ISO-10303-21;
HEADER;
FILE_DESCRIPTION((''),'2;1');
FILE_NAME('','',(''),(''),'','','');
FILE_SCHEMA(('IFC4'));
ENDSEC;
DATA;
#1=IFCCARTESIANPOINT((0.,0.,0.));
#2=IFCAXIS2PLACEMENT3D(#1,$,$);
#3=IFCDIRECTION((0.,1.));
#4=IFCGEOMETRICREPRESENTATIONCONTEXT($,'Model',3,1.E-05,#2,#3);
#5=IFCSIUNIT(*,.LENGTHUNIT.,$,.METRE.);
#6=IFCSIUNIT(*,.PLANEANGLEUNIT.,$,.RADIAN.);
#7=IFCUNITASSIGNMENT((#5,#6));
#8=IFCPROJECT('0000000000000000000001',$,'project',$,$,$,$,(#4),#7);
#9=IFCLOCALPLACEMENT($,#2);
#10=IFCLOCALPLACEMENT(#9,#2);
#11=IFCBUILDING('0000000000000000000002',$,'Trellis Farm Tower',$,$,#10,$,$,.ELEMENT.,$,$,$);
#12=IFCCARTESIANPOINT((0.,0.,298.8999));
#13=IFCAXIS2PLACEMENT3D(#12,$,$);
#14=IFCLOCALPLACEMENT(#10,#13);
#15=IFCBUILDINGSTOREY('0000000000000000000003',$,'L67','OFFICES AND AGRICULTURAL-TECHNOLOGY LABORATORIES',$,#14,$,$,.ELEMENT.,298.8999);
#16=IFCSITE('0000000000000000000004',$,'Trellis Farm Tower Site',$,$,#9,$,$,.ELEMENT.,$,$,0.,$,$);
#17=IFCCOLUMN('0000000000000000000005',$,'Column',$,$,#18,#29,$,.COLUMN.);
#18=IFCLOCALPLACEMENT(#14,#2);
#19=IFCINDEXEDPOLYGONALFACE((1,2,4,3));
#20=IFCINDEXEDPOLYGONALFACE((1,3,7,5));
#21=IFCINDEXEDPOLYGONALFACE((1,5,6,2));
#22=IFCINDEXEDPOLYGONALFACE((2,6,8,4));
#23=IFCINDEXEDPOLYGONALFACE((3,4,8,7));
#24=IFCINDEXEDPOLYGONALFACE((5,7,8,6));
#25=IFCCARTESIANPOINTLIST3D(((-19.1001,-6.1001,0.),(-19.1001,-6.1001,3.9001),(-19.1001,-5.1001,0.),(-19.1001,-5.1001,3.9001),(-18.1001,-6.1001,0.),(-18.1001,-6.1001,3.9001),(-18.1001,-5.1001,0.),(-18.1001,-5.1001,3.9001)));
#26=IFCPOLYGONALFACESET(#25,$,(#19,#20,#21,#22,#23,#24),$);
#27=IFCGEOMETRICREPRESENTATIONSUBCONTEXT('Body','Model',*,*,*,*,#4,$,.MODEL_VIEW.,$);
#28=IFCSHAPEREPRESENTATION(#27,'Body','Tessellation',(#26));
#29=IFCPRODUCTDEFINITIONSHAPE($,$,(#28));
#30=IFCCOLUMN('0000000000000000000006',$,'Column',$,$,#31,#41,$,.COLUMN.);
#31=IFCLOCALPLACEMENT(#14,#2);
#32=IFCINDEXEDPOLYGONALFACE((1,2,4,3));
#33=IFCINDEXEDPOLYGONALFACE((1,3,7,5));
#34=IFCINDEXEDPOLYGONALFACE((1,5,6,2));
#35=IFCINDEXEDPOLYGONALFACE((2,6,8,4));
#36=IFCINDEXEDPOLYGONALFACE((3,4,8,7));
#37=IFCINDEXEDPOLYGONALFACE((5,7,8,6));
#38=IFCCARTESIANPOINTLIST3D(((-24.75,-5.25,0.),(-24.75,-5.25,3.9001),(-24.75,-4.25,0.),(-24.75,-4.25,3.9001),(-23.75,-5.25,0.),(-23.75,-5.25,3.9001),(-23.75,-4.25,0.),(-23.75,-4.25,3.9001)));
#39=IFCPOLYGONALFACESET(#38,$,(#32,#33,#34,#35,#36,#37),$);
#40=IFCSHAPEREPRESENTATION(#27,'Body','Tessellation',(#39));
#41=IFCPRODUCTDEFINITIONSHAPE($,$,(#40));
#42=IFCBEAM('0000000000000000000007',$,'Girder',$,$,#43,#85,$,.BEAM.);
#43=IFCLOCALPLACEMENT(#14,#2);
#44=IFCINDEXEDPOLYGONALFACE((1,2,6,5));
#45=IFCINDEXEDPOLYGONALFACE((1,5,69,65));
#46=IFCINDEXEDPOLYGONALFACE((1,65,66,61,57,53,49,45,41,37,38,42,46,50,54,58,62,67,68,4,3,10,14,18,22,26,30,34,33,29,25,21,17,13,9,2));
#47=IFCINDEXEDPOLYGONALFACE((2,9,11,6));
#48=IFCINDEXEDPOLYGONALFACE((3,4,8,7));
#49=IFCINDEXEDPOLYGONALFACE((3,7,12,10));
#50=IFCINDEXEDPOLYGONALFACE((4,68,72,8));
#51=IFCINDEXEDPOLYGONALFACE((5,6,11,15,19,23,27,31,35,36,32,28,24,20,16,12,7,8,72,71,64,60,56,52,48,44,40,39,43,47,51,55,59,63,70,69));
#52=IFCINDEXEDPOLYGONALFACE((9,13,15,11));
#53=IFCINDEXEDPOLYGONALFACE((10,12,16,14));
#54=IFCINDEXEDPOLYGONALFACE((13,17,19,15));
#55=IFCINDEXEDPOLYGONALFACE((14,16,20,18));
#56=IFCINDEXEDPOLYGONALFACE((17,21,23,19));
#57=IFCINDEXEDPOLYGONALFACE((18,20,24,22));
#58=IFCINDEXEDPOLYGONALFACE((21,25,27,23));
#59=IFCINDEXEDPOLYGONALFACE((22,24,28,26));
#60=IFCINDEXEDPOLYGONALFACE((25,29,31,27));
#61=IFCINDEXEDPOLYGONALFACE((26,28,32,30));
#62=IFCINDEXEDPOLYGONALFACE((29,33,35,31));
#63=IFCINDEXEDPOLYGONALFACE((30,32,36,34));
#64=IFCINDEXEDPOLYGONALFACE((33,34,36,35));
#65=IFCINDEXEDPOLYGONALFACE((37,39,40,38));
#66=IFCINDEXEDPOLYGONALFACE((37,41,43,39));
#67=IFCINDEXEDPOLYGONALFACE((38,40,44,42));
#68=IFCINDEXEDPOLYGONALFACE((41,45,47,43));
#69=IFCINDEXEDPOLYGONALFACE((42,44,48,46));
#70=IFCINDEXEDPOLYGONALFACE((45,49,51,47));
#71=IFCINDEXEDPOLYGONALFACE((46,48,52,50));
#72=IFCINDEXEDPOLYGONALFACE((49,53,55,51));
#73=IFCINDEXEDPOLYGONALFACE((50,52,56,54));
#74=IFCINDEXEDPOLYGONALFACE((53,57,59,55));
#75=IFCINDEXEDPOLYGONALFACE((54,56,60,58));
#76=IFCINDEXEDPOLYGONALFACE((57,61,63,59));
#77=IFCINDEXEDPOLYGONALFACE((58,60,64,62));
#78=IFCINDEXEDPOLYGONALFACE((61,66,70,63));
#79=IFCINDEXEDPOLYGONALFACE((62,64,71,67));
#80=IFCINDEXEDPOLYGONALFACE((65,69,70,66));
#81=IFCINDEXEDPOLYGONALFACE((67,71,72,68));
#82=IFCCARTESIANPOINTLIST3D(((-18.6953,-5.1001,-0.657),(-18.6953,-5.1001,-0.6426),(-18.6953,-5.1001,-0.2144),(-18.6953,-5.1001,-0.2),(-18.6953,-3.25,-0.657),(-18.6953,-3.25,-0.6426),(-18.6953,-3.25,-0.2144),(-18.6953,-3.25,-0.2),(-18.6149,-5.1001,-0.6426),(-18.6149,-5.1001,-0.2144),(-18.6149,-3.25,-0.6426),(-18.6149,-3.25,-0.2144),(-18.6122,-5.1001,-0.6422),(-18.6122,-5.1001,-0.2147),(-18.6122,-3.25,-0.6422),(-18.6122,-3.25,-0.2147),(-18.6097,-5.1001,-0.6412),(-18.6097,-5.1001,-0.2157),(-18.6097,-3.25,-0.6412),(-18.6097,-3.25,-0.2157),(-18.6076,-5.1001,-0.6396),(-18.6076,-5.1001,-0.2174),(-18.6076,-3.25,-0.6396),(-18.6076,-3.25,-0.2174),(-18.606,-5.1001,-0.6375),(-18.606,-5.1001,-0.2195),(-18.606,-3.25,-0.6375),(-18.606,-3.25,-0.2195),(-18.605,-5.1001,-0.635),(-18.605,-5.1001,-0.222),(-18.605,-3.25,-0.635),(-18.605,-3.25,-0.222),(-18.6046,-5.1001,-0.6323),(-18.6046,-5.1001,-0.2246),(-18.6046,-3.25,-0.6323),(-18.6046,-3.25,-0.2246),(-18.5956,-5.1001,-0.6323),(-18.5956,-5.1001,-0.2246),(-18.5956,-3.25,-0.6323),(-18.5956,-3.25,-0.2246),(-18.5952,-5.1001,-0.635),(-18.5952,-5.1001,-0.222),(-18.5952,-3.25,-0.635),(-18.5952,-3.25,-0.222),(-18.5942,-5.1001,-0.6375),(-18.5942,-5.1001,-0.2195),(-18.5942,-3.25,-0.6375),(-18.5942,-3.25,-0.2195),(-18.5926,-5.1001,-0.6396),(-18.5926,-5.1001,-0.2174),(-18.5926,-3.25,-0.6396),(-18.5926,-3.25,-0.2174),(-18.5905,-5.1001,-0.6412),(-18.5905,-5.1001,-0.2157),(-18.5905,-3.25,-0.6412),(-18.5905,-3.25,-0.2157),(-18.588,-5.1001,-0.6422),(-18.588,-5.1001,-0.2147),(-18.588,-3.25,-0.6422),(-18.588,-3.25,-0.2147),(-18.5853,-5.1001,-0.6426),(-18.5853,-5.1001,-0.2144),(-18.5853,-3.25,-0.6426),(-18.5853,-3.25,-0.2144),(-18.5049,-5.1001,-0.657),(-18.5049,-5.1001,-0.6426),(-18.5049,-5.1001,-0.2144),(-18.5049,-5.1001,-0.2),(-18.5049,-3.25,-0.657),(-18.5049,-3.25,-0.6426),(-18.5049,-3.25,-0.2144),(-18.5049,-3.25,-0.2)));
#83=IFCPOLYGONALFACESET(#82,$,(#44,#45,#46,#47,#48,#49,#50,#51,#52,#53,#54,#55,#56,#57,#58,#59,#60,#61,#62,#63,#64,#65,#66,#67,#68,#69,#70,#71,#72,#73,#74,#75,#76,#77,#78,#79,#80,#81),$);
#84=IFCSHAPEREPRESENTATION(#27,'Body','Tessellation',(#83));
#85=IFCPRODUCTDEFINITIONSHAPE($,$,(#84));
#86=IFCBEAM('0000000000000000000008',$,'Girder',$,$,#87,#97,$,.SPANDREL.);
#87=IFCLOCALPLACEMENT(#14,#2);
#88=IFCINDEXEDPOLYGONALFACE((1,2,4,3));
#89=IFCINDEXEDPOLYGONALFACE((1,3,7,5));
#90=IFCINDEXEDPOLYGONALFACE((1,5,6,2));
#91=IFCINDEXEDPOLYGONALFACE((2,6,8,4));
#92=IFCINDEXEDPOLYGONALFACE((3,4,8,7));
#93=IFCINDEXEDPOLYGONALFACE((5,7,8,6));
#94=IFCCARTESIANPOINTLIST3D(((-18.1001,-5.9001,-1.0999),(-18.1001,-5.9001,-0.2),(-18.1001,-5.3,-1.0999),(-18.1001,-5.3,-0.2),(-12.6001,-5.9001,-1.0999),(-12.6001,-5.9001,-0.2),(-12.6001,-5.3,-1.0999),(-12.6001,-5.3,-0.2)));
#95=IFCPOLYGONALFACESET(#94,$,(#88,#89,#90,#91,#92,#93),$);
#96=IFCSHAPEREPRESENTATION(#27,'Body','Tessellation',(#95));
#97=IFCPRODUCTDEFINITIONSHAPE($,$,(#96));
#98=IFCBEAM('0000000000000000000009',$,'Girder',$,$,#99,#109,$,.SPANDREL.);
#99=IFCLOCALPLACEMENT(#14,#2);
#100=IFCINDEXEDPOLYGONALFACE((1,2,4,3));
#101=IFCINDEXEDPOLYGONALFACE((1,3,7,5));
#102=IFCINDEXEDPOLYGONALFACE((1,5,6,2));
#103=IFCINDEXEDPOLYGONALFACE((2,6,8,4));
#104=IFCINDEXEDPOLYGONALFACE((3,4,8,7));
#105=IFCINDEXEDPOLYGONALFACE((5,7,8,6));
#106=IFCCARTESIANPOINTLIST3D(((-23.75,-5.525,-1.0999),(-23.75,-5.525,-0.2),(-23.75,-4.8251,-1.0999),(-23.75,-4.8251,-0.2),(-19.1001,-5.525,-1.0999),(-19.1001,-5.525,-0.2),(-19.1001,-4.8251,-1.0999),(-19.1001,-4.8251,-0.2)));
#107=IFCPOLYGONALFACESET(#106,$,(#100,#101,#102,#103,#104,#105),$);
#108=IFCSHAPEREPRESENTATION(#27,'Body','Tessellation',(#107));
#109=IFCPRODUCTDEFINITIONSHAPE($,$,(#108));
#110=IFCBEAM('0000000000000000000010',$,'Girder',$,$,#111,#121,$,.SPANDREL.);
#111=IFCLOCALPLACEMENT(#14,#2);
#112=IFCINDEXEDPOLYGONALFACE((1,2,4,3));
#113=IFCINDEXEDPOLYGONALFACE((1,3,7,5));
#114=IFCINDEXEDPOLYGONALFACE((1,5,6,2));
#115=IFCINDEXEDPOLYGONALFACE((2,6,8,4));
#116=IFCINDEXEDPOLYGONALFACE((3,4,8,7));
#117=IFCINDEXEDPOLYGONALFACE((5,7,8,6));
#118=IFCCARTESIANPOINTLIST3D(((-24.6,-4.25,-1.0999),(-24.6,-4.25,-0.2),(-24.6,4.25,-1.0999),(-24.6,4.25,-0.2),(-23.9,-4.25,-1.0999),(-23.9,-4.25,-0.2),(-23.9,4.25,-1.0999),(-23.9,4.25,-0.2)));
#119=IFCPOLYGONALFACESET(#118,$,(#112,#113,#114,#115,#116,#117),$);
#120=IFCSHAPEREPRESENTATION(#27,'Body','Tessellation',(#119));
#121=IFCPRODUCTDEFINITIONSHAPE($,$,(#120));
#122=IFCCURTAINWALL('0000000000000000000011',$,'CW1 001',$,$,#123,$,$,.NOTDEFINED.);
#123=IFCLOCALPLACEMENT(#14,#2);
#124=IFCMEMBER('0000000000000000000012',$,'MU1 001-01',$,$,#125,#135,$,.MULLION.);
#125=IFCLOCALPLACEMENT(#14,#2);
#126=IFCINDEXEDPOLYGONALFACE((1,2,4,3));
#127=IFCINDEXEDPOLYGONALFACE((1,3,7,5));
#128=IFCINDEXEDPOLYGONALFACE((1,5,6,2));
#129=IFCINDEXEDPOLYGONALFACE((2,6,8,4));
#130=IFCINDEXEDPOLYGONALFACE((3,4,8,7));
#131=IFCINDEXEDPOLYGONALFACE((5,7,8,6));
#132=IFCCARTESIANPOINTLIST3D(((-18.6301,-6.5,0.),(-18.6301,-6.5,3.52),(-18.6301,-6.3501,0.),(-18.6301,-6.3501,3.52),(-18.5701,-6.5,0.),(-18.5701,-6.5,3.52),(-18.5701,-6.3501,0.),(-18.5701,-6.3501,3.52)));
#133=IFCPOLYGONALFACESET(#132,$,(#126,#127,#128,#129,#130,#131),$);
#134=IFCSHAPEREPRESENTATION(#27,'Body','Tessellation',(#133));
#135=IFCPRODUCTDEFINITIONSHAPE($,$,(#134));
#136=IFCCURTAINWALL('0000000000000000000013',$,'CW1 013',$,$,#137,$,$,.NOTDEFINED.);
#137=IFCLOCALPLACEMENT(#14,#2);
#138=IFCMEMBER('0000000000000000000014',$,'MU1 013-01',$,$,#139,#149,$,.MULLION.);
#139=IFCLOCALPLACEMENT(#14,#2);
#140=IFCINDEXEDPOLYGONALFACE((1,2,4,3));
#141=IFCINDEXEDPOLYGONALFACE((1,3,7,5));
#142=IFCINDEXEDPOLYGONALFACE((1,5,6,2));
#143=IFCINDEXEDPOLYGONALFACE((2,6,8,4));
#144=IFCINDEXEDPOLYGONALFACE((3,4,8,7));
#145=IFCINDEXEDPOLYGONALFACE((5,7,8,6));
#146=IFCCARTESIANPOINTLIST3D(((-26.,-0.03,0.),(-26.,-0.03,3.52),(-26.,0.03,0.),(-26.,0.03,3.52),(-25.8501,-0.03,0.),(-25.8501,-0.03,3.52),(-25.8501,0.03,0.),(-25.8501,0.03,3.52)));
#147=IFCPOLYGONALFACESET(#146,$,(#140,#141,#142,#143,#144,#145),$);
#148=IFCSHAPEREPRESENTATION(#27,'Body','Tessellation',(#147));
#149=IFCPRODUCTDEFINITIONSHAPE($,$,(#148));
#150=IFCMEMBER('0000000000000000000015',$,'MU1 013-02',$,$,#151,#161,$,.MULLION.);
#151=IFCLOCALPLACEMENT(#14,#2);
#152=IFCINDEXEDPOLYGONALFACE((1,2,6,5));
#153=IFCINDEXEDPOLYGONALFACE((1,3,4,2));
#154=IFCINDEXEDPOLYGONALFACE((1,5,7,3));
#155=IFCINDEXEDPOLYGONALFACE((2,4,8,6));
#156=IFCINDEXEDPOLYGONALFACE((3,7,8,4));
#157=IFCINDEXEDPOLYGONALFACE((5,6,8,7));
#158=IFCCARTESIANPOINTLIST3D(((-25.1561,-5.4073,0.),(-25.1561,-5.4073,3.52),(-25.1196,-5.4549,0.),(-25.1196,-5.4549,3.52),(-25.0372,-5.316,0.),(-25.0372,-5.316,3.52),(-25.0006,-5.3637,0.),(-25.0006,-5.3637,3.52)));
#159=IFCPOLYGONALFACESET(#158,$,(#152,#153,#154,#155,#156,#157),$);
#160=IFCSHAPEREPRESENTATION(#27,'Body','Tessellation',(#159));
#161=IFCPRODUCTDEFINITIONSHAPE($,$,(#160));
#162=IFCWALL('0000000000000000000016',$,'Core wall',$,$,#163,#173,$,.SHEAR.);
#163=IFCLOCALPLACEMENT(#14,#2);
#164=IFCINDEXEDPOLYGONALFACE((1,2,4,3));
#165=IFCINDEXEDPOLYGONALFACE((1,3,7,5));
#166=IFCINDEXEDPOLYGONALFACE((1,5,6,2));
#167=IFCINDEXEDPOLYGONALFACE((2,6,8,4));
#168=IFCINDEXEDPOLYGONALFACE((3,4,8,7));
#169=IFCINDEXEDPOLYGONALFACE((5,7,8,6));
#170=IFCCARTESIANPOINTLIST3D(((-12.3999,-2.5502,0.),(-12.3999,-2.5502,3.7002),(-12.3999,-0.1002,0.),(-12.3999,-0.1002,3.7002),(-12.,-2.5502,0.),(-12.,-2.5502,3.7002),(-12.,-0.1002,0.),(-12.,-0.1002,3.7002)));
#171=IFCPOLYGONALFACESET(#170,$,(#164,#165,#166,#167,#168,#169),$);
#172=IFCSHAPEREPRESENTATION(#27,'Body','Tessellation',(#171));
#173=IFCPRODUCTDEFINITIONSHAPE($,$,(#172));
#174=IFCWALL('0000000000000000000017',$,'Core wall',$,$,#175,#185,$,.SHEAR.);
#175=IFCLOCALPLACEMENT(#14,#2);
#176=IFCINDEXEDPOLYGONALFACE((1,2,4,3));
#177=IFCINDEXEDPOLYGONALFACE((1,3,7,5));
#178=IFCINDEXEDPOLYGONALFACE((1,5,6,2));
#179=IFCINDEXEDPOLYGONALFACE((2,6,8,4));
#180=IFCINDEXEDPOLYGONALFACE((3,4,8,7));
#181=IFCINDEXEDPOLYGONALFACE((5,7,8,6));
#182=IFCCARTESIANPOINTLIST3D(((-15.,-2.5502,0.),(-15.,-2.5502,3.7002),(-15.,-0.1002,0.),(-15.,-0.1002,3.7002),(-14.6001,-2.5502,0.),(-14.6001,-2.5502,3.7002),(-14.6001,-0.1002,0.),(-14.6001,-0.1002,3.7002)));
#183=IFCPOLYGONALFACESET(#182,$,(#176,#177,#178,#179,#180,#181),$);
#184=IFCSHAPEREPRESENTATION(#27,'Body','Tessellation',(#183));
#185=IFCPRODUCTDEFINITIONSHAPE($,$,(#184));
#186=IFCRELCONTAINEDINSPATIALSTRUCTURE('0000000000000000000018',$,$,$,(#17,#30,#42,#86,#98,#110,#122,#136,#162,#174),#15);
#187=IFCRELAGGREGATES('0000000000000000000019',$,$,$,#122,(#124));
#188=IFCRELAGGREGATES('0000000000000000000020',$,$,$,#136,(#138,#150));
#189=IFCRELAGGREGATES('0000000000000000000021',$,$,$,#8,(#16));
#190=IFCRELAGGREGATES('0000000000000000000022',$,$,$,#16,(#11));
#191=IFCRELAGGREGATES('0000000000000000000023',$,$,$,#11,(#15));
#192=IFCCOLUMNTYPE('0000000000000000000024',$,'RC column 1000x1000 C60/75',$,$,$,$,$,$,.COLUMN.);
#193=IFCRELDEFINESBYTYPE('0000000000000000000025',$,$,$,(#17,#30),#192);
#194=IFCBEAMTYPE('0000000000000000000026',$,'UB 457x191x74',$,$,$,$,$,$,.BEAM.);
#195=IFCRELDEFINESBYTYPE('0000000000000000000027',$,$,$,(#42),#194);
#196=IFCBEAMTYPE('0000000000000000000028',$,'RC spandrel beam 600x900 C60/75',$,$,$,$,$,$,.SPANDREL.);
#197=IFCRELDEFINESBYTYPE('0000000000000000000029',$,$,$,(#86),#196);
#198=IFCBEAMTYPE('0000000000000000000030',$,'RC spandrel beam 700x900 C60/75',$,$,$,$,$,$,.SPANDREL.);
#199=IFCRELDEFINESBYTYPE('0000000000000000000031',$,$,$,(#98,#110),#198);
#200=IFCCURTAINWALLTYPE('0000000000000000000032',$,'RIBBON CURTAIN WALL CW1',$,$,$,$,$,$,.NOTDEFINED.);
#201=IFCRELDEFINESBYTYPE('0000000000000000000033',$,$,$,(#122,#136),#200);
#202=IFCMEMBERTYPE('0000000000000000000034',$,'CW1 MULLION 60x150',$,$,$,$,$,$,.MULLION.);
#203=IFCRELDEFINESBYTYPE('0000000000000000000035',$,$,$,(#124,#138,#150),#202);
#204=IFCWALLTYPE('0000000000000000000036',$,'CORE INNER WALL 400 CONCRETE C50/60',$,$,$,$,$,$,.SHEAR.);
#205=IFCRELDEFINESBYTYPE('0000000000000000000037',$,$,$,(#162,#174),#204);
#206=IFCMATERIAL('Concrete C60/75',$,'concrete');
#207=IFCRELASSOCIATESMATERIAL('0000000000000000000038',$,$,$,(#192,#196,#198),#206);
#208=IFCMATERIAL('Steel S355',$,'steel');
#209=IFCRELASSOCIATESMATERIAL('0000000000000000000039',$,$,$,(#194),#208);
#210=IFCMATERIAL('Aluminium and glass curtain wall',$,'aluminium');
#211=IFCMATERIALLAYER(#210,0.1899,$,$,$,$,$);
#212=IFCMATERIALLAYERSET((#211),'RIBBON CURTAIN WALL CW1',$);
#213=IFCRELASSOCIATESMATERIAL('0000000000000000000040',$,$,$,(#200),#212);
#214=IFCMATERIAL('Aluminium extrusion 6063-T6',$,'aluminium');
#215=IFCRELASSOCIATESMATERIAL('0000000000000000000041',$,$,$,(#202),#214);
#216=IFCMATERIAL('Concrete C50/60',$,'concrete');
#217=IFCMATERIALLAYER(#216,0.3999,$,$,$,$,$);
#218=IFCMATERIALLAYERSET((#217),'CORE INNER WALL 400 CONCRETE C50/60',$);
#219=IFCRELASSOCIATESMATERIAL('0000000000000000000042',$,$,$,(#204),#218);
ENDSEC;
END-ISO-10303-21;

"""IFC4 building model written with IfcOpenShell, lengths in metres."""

from ifc_helpers import new_model, si_unit, direction, frame, frame_2d, origin, origin_2d, place, context, subcontext, project, spatial, rectangle, i_section, extrude, source, transform, mapped, material, layer, layer_set, material_profile, profile_set, type_object, element, aggregate, save


model = new_model("IFC4")

# Units and contexts
model_context = context("Model", 3, precision=1e-05, world=origin(), true_north=direction((0.0, 1.0)))
body_context = subcontext(model_context, "Body", "Model", "MODEL_VIEW")
ifc_project = project(units=[si_unit("LENGTHUNIT", "METRE"), si_unit("PLANEANGLEUNIT", "RADIAN")], contexts=[model_context])

# Site, building, storey
site_placement = place(None, origin())
site = spatial("IfcSite", under=ifc_project, at=site_placement, Name="Trellis Farm Tower Site", CompositionType="ELEMENT", RefElevation=0.0)
building_placement = place(site_placement, origin())
building = spatial("IfcBuilding", under=site, at=building_placement, Name="Trellis Farm Tower", CompositionType="ELEMENT")
storey_placement = place(building_placement, frame((0.0, 0.0, 298.8999)))
storey = spatial("IfcBuildingStorey", under=building, at=storey_placement, Name="L67", Description="OFFICES AND AGRICULTURAL-TECHNOLOGY LABORATORIES", CompositionType="ELEMENT", Elevation=298.8999)

# Columns
ifc_material_1 = material(Name="Concrete C60/75", Category="concrete")
ifc_material_profile_1 = material_profile(ifc_material_1, rectangle(XDim=1.0, YDim=1.0, at=origin_2d()), Name="RC column 1000x1000 C60/75")
ifc_profile_set_1 = profile_set([ifc_material_profile_1], Name="Concrete C60/75")
column_type = type_object("IfcColumnType", Name="RC column 1000x1000 C60/75", PredefinedType="COLUMN", material=ifc_profile_set_1)
shared_shape_1 = source(origin(), body_context, "Body", "SweptSolid", [
    extrude(rectangle(XDim=1.0, YDim=1.0, at=origin_2d()), origin(), (0.0, 0.0, 1.0), 3.9001),
])
for number, where, z_axis, x_axis, name in (
    (1, (-18.6001, -5.6001, 0.0), (0.0, 0.0, 1.0), (1.0, 0.0, 0.0), "Column"),
    (2, (-24.25, -4.75, 0.0), (0.0, 0.0, 1.0), (1.0, 0.0, 0.0), "Column"),
):
    element("IfcColumn", number, at=place(storey_placement, frame(where, z_axis=z_axis, x_axis=x_axis)), inside=storey, type_object=column_type, Name=name, PredefinedType="COLUMN", context=body_context, shape_type="MappedRepresentation", body=[
        mapped(shared_shape_1, transform((0.0, 0.0, 0.0))),
    ])

# Beams
ifc_material_2 = material(Name="Steel S355", Category="steel")
ifc_material_profile_2 = material_profile(ifc_material_2, i_section(OverallWidth=0.1904, OverallDepth=0.457, WebThickness=0.009, FlangeThickness=0.0144, FilletRadius=0.0103, at=origin_2d()), Name="UB 457x191x74")
ifc_profile_set_2 = profile_set([ifc_material_profile_2], Name="Steel S355")
beam_type_1 = type_object("IfcBeamType", Name="UB 457x191x74", PredefinedType="BEAM", material=ifc_profile_set_2)
shared_shape_2 = source(origin(), body_context, "Body", "SweptSolid", [
    extrude(i_section(OverallWidth=0.1904, OverallDepth=0.457, WebThickness=0.009, FlangeThickness=0.0144, FilletRadius=0.0103, at=origin_2d()), origin(), (0.0, 0.0, 1.0), 1.8501),
])
beam_1_placement = place(storey_placement, frame((-18.6001, -5.1001, -0.4285), z_axis=(0.0, 1.0, 0.0), x_axis=(-1.0, 0.0, 0.0)))
element("IfcBeam", 3, at=beam_1_placement, inside=storey, type_object=beam_type_1, Name="Girder", PredefinedType="BEAM", context=body_context, shape_type="MappedRepresentation", body=[
    mapped(shared_shape_2, transform((0.0, 0.0, 0.0))),
])
ifc_material_profile_3 = material_profile(ifc_material_1, rectangle(XDim=0.6001, YDim=0.8999, at=origin_2d()), Name="RC spandrel beam 600x900 C60/75")
ifc_profile_set_3 = profile_set([ifc_material_profile_3], Name="Concrete C60/75")
beam_type_2 = type_object("IfcBeamType", Name="RC spandrel beam 600x900 C60/75", PredefinedType="SPANDREL", material=ifc_profile_set_3)
shared_shape_3 = source(origin(), body_context, "Body", "SweptSolid", [
    extrude(rectangle(XDim=0.6001, YDim=0.8999, at=origin_2d()), origin(), (0.0, 0.0, 1.0), 5.5),
])
beam_2_placement = place(storey_placement, frame((-18.1001, -5.6001, -0.6499), z_axis=(1.0, 0.0, 0.0), x_axis=(0.0, 1.0, 0.0)))
element("IfcBeam", 4, at=beam_2_placement, inside=storey, type_object=beam_type_2, Name="Girder", PredefinedType="SPANDREL", context=body_context, shape_type="MappedRepresentation", body=[
    mapped(shared_shape_3, transform((0.0, 0.0, 0.0))),
])
ifc_material_profile_4 = material_profile(ifc_material_1, rectangle(XDim=0.7, YDim=0.8999, at=origin_2d()), Name="RC spandrel beam 700x900 C60/75")
ifc_profile_set_4 = profile_set([ifc_material_profile_4], Name="Concrete C60/75")
beam_type_3 = type_object("IfcBeamType", Name="RC spandrel beam 700x900 C60/75", PredefinedType="SPANDREL", material=ifc_profile_set_4)
shared_shape_4 = source(origin(), body_context, "Body", "SweptSolid", [
    extrude(rectangle(XDim=0.7, YDim=0.8999, at=origin_2d()), origin(), (0.0, 0.0, 1.0), 4.6499),
])
beam_3_placement = place(storey_placement, frame((-23.75, -5.175, -0.6499), z_axis=(1.0, 0.0, 0.0), x_axis=(0.0, 1.0, 0.0)))
element("IfcBeam", 5, at=beam_3_placement, inside=storey, type_object=beam_type_3, Name="Girder", PredefinedType="SPANDREL", context=body_context, shape_type="MappedRepresentation", body=[
    mapped(shared_shape_4, transform((0.0, 0.0, 0.0))),
])
shared_shape_5 = source(origin(), body_context, "Body", "SweptSolid", [
    extrude(rectangle(XDim=0.7, YDim=0.8999, at=origin_2d()), origin(), (0.0, 0.0, 1.0), 8.5),
])
beam_4_placement = place(storey_placement, frame((-24.25, -4.25, -0.6499), z_axis=(0.0, 1.0, 0.0), x_axis=(-1.0, 0.0, 0.0)))
element("IfcBeam", 6, at=beam_4_placement, inside=storey, type_object=beam_type_3, Name="Girder", PredefinedType="SPANDREL", context=body_context, shape_type="MappedRepresentation", body=[
    mapped(shared_shape_5, transform((0.0, 0.0, 0.0))),
])

# Curtain wall, member
ifc_material_3 = material(Name="Aluminium and glass curtain wall", Category="aluminium")
ifc_layer_1 = layer(ifc_material_3, 0.1899)
ifc_layer_set_1 = layer_set([ifc_layer_1], Name="RIBBON CURTAIN WALL CW1")
curtain_wall_type = type_object("IfcCurtainWallType", Name="RIBBON CURTAIN WALL CW1", PredefinedType="NOTDEFINED", material=ifc_layer_set_1)
placement = place(storey_placement, origin())
curtain_wall_1 = element("IfcCurtainWall", 7, at=placement, inside=storey, type_object=curtain_wall_type, Name="CW1 001", PredefinedType="NOTDEFINED")
ifc_material_4 = material(Name="Aluminium extrusion 6063-T6", Category="aluminium")
ifc_material_profile_5 = material_profile(ifc_material_4, rectangle(XDim=0.0601, YDim=0.1499, at=origin_2d()), Name="MULLION 60x150")
ifc_profile_set_5 = profile_set([ifc_material_profile_5], Name="Aluminium extrusion 6063-T6")
member_type = type_object("IfcMemberType", Name="CW1 MULLION 60x150", PredefinedType="MULLION", material=ifc_profile_set_5)
shared_shape_6 = source(origin(), body_context, "Body", "SweptSolid", [
    extrude(rectangle(XDim=0.0601, YDim=0.1499, at=origin_2d()), origin(), (0.0, 0.0, 1.0), 3.52),
])
member_1_placement = place(storey_placement, frame((-18.6001, -6.425, 0.0), z_axis=(0.0, 0.0, 1.0), x_axis=(1.0, 0.0, 0.0)))
member_1 = element("IfcMember", 8, at=member_1_placement, type_object=member_type, Name="MU1 001-01", PredefinedType="MULLION", context=body_context, shape_type="MappedRepresentation", body=[
    mapped(shared_shape_6, transform((0.0, 0.0, 0.0))),
])
aggregate(curtain_wall_1, [member_1])

# Curtain wall, members
curtain_wall_2 = element("IfcCurtainWall", 9, at=placement, inside=storey, type_object=curtain_wall_type, Name="CW1 013", PredefinedType="NOTDEFINED")
member_2_placement = place(storey_placement, frame((-25.925, 0.0, 0.0), z_axis=(0.0, 0.0, 1.0), x_axis=(0.0, -1.0, 0.0)))
member_2 = element("IfcMember", 10, at=member_2_placement, type_object=member_type, Name="MU1 013-01", PredefinedType="MULLION", context=body_context, shape_type="MappedRepresentation", body=[
    mapped(shared_shape_6, transform((0.0, 0.0, 0.0))),
])
member_3_placement = place(storey_placement, frame((-25.0784, -5.3855, 0.0), z_axis=(0.0, 0.0, 1.0), x_axis=(0.608761, -0.793353, 0.0)))
member_3 = element("IfcMember", 11, at=member_3_placement, type_object=member_type, Name="MU1 013-02", PredefinedType="MULLION", context=body_context, shape_type="MappedRepresentation", body=[
    mapped(shared_shape_6, transform((0.0, 0.0, 0.0))),
])
aggregate(curtain_wall_2, [member_2, member_3])

# Walls
ifc_material_5 = material(Name="Concrete C50/60", Category="concrete")
ifc_layer_2 = layer(ifc_material_5, 0.3999)
ifc_layer_set_2 = layer_set([ifc_layer_2], Name="CORE INNER WALL 400 CONCRETE C50/60")
wall_type_1 = type_object("IfcWallType", Name="CORE INNER WALL 400 CONCRETE C50/60", PredefinedType="SHEAR", material=ifc_layer_set_2)
shared_shape_7 = source(origin(), body_context, "Body", "SweptSolid", [
    extrude(rectangle(XDim=2.45, YDim=0.3999, at=frame_2d((1.2251, 0.0))), origin(), (0.0, 0.0, 1.0), 3.7002),
])
for number, where, z_axis, x_axis, name in (
    (12, (-12.2, -0.1001, 0.0), (0.0, 0.0, 1.0), (0.0, -1.0, 0.0), "Core wall"),
    (13, (-14.8, -0.1001, 0.0), (0.0, 0.0, 1.0), (0.0, -1.0, 0.0), "Core wall"),
):
    element("IfcWall", number, at=place(storey_placement, frame(where, z_axis=z_axis, x_axis=x_axis)), inside=storey, type_object=wall_type_1, Name=name, PredefinedType="SHEAR", context=body_context, shape_type="MappedRepresentation", body=[
        mapped(shared_shape_7, transform((0.0, 0.0, 0.0))),
    ])

save(model, "model.ifc")
